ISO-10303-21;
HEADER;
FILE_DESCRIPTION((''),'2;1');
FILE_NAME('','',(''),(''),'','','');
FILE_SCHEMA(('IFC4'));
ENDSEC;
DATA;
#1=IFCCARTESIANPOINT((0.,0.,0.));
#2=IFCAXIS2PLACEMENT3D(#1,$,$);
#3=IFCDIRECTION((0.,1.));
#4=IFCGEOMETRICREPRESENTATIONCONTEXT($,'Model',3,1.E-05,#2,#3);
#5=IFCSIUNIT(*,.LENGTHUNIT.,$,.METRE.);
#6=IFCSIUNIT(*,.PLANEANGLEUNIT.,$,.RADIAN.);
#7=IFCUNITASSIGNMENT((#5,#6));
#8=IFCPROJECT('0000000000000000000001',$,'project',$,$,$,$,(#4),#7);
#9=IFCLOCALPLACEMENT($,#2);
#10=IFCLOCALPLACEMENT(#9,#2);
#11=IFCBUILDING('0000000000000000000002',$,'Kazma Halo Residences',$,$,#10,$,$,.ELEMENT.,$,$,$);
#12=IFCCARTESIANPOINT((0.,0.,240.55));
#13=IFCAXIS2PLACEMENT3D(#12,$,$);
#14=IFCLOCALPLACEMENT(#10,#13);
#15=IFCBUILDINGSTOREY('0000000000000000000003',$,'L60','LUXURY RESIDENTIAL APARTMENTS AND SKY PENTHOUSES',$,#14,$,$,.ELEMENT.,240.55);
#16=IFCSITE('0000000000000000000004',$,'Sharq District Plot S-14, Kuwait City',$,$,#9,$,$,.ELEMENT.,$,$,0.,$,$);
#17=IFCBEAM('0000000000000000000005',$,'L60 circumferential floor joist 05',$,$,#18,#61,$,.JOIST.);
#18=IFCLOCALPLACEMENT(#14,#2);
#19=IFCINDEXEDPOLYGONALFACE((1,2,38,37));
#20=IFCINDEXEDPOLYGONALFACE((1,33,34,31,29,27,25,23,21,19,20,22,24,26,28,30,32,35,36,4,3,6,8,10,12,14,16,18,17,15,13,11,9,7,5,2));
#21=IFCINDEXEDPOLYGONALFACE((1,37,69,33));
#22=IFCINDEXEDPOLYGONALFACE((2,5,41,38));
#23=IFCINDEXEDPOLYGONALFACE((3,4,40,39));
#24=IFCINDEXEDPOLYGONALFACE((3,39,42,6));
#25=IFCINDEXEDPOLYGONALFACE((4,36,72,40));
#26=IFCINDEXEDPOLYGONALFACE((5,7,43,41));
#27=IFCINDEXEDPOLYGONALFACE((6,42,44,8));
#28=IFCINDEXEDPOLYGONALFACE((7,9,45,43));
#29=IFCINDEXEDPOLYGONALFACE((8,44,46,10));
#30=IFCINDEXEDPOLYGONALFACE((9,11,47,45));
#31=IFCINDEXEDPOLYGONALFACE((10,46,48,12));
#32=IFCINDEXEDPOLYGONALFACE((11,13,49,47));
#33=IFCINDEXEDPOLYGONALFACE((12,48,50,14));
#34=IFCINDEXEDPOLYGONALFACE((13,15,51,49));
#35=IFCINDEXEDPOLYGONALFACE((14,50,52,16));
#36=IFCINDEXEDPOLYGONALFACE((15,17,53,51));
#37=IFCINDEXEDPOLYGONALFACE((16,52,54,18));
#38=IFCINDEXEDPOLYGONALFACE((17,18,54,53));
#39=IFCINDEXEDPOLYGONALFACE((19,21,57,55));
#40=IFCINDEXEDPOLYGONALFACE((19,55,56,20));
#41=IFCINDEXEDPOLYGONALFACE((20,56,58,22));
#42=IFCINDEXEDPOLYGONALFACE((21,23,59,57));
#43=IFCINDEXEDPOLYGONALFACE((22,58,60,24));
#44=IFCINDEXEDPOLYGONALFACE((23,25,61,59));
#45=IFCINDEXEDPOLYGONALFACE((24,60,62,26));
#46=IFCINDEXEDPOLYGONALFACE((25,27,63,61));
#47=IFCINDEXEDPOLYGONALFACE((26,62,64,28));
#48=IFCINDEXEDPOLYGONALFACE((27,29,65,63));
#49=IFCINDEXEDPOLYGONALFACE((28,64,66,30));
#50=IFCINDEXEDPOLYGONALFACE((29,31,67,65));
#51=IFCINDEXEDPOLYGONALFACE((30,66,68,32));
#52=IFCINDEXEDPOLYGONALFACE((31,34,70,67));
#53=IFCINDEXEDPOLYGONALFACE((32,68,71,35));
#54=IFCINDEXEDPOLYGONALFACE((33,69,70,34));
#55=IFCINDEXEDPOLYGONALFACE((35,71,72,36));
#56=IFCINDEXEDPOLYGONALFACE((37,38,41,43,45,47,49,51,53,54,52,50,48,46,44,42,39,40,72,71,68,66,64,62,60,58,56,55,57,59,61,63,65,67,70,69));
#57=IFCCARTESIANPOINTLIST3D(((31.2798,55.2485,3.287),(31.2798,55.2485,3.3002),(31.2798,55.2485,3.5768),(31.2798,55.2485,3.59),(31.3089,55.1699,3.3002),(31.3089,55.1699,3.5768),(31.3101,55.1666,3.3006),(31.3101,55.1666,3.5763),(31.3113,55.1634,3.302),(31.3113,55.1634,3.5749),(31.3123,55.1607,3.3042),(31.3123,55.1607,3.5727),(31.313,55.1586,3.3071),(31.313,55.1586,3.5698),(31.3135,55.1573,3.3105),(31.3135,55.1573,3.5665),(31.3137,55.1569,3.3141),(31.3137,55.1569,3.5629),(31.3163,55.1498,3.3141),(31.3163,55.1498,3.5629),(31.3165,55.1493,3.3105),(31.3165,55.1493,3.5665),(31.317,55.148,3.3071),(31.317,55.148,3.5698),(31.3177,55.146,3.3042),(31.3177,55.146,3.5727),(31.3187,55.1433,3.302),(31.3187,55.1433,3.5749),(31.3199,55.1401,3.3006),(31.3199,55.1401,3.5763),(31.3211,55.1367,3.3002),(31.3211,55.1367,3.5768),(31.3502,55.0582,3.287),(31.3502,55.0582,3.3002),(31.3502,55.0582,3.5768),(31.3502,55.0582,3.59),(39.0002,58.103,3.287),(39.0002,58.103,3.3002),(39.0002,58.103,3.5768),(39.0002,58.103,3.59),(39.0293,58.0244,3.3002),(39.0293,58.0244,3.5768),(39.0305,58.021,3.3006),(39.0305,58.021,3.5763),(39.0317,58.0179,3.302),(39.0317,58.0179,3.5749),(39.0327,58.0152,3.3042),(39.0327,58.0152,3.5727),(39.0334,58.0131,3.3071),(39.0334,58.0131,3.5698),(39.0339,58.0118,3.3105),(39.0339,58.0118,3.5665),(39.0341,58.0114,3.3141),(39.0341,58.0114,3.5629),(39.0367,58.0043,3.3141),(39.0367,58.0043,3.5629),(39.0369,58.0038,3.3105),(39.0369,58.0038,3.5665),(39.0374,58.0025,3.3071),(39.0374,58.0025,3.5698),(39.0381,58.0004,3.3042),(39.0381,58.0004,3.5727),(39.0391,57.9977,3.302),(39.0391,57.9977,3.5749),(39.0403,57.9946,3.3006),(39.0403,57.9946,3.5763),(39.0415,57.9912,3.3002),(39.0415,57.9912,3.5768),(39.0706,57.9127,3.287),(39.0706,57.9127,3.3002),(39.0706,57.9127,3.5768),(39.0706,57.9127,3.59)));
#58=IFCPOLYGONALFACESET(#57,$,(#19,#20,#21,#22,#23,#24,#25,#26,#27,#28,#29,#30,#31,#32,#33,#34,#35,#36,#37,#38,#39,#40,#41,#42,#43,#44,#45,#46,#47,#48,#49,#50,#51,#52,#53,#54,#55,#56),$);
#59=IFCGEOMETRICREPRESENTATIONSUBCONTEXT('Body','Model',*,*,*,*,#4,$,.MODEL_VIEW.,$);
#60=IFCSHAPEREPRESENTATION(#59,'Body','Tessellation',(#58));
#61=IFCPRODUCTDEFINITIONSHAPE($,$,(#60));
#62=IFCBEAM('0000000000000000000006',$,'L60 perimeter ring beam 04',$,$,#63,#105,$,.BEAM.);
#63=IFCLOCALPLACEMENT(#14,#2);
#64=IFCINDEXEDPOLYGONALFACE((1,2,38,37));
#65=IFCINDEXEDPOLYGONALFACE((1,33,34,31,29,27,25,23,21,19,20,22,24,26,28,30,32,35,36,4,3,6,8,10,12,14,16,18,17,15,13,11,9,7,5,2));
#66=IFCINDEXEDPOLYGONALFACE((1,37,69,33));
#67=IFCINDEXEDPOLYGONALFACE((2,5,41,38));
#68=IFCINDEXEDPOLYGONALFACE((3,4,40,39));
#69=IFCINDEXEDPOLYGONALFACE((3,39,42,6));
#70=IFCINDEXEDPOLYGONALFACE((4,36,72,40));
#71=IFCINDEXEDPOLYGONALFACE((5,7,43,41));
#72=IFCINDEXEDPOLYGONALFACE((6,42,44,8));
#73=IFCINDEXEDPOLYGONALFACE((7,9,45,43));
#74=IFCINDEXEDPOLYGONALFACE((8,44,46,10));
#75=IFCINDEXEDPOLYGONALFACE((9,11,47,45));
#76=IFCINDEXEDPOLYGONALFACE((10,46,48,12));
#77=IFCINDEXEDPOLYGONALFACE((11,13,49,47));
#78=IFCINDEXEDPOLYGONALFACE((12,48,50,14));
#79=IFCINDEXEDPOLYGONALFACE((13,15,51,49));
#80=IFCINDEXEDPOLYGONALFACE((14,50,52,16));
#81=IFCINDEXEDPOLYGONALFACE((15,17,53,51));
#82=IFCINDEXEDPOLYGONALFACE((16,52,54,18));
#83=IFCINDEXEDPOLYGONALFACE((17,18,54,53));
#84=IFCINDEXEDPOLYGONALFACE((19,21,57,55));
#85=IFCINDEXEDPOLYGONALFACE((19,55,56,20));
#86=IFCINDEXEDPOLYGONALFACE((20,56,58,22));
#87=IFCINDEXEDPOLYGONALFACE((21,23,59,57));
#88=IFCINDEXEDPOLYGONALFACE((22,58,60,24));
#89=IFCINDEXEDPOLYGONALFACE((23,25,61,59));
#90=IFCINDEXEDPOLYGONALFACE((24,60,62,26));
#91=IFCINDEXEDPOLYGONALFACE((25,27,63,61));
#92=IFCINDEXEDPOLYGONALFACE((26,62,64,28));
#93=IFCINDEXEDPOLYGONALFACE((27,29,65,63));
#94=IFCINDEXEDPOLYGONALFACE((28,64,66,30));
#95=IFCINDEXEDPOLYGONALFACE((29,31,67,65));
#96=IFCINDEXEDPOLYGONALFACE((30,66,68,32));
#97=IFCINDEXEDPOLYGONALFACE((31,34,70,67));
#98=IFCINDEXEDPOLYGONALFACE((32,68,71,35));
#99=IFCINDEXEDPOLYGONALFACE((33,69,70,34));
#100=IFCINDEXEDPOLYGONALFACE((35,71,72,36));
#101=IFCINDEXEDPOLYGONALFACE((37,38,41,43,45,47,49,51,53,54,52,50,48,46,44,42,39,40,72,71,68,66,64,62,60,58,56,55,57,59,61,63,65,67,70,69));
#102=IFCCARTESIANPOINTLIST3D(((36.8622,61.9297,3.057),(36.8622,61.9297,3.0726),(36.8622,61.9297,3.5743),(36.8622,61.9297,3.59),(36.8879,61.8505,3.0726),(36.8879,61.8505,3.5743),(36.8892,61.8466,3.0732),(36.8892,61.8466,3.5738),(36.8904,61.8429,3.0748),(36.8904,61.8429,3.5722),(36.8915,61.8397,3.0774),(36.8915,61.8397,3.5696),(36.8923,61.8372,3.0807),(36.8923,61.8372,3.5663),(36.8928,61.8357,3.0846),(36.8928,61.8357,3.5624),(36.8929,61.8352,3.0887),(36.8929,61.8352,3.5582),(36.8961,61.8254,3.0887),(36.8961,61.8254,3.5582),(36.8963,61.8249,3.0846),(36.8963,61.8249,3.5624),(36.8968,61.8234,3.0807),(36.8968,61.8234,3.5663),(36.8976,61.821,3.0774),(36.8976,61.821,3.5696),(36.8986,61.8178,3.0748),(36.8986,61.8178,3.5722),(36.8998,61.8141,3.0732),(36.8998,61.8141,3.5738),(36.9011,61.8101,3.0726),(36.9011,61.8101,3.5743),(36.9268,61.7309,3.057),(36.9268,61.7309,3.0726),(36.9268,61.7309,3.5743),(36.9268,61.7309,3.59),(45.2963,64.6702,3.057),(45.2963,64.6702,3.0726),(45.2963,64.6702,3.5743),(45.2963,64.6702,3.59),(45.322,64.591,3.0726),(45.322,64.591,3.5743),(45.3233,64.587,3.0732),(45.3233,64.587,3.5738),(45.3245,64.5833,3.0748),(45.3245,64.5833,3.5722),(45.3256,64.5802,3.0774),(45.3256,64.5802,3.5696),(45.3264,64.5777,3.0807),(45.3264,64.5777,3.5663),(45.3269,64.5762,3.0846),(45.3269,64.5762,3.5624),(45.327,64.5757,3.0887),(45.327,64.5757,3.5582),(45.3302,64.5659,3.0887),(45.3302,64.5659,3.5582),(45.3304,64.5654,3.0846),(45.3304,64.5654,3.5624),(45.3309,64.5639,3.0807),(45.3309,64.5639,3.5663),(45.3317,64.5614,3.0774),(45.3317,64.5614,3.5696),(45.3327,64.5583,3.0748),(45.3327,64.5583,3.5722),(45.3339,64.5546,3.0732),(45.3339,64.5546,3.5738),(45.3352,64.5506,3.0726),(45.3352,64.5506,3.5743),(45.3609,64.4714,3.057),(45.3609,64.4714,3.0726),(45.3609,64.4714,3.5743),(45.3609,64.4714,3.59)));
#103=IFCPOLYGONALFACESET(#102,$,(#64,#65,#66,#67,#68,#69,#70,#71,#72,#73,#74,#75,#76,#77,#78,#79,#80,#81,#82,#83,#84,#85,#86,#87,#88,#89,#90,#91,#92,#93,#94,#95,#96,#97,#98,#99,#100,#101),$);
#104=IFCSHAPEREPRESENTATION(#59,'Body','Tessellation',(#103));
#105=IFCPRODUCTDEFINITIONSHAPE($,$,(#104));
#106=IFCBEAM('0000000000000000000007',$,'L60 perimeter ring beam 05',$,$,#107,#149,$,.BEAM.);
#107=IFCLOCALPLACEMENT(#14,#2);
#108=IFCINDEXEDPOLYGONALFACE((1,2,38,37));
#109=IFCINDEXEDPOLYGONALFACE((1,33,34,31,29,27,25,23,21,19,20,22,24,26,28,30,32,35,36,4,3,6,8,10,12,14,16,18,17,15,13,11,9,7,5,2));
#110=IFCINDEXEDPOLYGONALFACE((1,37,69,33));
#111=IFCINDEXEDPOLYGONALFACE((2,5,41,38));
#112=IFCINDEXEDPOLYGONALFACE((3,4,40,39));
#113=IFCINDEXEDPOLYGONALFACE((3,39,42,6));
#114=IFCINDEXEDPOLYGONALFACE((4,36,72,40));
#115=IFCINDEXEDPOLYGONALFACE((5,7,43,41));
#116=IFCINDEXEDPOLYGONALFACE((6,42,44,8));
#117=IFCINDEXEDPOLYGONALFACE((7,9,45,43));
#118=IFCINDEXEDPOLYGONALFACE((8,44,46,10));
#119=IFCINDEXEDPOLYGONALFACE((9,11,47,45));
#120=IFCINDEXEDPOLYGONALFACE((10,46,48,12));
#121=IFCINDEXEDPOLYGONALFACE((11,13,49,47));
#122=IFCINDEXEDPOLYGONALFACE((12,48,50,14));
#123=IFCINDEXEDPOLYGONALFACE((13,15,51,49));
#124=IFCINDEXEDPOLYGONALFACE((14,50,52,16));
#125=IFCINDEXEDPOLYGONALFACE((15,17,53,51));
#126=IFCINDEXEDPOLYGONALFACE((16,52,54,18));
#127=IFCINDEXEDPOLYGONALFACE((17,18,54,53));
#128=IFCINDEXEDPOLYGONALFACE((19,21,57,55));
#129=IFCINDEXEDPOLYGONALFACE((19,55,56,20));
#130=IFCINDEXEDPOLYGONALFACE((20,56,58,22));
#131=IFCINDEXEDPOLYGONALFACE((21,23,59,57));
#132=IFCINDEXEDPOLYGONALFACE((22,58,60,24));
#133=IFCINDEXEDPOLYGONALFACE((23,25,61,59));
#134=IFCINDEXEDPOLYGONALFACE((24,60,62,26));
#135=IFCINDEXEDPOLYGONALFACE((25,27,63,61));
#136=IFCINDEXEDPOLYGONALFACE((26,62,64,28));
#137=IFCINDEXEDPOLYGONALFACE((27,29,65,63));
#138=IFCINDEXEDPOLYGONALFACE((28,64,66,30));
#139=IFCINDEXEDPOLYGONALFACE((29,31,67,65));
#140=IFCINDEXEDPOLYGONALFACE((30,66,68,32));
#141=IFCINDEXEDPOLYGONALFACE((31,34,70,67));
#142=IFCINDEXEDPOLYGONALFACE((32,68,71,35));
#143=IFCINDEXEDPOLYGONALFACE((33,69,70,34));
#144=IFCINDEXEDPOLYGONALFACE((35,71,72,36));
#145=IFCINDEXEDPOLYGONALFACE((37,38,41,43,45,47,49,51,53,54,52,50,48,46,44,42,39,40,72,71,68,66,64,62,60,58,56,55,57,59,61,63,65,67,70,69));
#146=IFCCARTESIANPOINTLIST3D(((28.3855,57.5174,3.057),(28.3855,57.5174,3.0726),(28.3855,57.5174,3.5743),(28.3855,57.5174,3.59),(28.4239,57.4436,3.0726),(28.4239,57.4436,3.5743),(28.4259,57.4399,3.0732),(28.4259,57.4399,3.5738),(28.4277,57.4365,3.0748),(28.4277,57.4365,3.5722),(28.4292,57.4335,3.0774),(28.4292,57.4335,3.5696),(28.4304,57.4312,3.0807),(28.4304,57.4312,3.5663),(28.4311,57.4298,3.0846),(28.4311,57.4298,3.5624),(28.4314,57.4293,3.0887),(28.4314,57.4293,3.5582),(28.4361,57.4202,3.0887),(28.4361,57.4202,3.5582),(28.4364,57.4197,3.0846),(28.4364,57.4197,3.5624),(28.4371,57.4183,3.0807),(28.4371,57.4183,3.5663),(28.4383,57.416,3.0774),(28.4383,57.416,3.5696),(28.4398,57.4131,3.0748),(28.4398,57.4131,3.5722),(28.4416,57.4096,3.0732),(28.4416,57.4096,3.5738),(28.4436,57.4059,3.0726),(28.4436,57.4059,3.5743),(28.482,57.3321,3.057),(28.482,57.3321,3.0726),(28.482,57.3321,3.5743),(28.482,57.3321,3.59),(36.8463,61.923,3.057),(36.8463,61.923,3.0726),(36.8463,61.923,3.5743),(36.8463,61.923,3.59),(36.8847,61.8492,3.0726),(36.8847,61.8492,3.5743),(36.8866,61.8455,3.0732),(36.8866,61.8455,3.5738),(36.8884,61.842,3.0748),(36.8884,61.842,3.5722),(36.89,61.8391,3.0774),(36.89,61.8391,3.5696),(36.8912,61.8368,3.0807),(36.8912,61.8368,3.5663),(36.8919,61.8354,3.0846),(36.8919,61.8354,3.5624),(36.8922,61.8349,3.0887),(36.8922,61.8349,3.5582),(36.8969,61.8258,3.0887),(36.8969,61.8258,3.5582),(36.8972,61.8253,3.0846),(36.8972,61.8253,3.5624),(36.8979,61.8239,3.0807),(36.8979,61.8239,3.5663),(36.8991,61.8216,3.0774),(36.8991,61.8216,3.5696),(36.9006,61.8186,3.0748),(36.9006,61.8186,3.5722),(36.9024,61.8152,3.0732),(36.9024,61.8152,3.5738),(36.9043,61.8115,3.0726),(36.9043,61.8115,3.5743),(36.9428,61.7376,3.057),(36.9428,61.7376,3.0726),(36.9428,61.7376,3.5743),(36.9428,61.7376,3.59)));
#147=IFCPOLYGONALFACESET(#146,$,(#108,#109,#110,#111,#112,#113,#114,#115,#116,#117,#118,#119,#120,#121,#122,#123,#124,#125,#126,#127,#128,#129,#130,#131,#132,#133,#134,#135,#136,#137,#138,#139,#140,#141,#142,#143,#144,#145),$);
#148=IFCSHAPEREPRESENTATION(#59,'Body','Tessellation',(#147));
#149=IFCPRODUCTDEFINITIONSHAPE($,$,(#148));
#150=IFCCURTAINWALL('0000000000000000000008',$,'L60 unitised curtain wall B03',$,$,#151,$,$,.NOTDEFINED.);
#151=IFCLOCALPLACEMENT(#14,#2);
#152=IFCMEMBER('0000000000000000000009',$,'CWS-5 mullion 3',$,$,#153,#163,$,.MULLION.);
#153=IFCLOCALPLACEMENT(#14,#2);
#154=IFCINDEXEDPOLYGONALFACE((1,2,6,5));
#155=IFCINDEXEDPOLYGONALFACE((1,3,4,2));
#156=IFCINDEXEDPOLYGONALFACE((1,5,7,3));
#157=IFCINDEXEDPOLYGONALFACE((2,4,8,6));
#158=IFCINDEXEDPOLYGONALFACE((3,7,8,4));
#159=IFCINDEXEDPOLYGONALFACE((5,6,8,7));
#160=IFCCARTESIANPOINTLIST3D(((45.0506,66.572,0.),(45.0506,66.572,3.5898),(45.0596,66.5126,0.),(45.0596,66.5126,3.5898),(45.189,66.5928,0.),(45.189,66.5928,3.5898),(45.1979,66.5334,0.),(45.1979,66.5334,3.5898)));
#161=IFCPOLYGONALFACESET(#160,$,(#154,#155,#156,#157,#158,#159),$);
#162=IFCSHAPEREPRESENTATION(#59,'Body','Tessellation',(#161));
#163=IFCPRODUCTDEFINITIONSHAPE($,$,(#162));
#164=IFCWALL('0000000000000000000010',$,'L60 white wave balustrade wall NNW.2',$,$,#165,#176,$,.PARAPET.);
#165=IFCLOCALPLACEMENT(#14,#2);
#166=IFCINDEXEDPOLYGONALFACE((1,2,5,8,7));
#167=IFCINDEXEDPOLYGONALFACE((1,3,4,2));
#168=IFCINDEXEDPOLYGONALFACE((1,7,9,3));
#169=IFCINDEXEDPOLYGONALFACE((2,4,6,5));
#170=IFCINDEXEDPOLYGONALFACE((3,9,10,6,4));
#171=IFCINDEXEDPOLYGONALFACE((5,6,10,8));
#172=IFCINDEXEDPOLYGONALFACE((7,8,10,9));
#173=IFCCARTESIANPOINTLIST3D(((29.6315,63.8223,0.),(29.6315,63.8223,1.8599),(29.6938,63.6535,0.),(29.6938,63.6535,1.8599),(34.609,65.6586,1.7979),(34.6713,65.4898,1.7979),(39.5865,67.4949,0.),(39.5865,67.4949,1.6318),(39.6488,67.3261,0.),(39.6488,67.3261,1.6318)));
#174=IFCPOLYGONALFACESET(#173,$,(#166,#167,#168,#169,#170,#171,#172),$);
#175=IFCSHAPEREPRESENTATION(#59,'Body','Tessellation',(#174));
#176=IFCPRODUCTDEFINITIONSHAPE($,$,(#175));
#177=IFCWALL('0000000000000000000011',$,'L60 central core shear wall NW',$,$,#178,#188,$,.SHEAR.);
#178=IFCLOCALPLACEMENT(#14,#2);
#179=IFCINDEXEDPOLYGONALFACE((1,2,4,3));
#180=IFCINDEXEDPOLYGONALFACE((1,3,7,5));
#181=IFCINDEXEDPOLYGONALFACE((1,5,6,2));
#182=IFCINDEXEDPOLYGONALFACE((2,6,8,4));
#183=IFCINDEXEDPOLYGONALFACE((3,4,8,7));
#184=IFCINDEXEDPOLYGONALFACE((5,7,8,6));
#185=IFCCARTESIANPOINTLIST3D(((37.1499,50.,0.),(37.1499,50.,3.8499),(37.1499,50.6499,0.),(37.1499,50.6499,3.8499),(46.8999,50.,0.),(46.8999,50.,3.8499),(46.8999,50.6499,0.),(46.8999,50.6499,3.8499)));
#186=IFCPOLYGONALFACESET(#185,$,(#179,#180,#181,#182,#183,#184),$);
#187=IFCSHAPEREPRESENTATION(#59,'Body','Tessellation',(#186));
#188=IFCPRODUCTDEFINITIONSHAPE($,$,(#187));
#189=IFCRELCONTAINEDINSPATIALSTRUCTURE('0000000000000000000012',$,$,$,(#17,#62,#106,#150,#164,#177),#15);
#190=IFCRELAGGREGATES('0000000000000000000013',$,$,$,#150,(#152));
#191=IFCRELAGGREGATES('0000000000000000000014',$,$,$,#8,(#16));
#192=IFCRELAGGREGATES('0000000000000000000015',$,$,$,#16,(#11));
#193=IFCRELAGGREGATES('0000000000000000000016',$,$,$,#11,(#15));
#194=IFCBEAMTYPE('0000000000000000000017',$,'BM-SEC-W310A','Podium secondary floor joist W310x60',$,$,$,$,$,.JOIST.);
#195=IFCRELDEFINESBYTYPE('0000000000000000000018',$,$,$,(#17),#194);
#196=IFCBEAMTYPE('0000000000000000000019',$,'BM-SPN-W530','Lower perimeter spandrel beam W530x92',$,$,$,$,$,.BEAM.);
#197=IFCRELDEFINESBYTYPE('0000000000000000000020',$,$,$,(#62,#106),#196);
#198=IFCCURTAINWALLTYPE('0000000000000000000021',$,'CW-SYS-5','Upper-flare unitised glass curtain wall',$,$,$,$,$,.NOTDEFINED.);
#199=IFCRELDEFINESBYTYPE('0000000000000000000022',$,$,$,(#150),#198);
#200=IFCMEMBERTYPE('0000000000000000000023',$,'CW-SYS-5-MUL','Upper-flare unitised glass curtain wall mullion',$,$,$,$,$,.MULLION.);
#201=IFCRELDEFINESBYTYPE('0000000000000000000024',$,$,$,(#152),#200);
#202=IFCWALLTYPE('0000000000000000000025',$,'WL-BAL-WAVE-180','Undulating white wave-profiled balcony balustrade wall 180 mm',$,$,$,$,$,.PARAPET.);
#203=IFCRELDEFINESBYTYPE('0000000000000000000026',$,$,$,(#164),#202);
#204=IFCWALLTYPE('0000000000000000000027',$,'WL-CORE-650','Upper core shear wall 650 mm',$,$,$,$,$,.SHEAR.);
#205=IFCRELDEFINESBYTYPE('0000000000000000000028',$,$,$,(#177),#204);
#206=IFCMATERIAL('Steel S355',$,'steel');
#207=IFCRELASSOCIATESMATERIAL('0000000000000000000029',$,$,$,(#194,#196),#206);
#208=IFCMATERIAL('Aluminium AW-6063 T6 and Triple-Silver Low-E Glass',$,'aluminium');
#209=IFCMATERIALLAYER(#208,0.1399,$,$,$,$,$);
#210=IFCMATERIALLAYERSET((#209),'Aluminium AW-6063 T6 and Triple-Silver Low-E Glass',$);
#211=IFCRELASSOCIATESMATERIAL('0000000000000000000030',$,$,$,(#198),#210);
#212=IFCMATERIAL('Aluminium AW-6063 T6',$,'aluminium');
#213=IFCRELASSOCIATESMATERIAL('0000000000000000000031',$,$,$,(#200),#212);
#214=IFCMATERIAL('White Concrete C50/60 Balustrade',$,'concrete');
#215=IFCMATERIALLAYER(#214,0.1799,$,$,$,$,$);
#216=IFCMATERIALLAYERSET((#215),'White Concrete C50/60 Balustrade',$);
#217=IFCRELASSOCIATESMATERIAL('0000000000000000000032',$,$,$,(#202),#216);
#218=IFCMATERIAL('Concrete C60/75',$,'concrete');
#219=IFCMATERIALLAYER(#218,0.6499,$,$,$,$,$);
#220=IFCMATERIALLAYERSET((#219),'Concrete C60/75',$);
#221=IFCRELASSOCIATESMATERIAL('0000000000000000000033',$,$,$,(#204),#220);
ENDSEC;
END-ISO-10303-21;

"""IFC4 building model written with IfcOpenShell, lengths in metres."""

from ifc_helpers import new_model, si_unit, direction, frame, frame_2d, origin, origin_2d, place, context, subcontext, project, spatial, polyline, rectangle, i_section, outline, extrude, material, layer, layer_set, material_profile, profile_set, type_object, element, aggregate, save


model = new_model("IFC4")

# Units and contexts
model_context = context("Model", 3, precision=1e-05, world=origin(), true_north=direction((0.0, 1.0)))
body_context = subcontext(model_context, "Body", "Model", "MODEL_VIEW")
ifc_project = project(units=[si_unit("LENGTHUNIT", "METRE"), si_unit("PLANEANGLEUNIT", "RADIAN")], contexts=[model_context])

# Site, building, storey
site_placement = place(None, origin())
site = spatial("IfcSite", under=ifc_project, at=site_placement, Name="Sharq District Plot S-14, Kuwait City", CompositionType="ELEMENT", RefElevation=0.0)
building_placement = place(site_placement, origin())
building = spatial("IfcBuilding", under=site, at=building_placement, Name="Kazma Halo Residences", CompositionType="ELEMENT")
storey_placement = place(building_placement, frame((0.0, 0.0, 240.55)))
storey = spatial("IfcBuildingStorey", under=building, at=storey_placement, Name="L60", Description="LUXURY RESIDENTIAL APARTMENTS AND SKY PENTHOUSES", CompositionType="ELEMENT", Elevation=240.55)

# Shared definitions
ifc_material_1 = material(Name="Concrete C60/75", Category="concrete")

# Beams
ifc_material_2 = material(Name="Steel S355", Category="steel")
ifc_material_profile_1 = material_profile(ifc_material_2, i_section(OverallWidth=0.2029, OverallDepth=0.303, WebThickness=0.0076, FlangeThickness=0.0132, FilletRadius=0.0139, at=origin_2d()), Name="W310x60")
ifc_profile_set_1 = profile_set([ifc_material_profile_1], Name="Steel S355")
beam_type_1 = type_object("IfcBeamType", Name="BM-SEC-W310A", Description="Podium secondary floor joist W310x60", PredefinedType="JOIST", material=ifc_profile_set_1)
beam_1_placement = place(storey_placement, frame((39.0354, 58.0078, 3.4385), z_axis=(-0.937944, -0.346787, 0.0), x_axis=(0.346787, -0.937944, 0.0)))
element("IfcBeam", 1, at=beam_1_placement, inside=storey, type_object=beam_type_1, Name="L60 circumferential floor joist 05", PredefinedType="JOIST", context=body_context, shape_type="SweptSolid", body=[
    extrude(i_section(OverallWidth=0.2029, OverallDepth=0.303, WebThickness=0.0076, FlangeThickness=0.0132, FilletRadius=0.0139, at=origin_2d()), origin(), (0.0, 0.0, 1.0), 8.2312),
])
ifc_material_profile_2 = material_profile(ifc_material_2, i_section(OverallWidth=0.209, OverallDepth=0.533, WebThickness=0.0103, FlangeThickness=0.0156, FilletRadius=0.0161, at=origin_2d()), Name="W530x92")
ifc_profile_set_2 = profile_set([ifc_material_profile_2], Name="Steel S355")
beam_type_2 = type_object("IfcBeamType", Name="BM-SPN-W530", Description="Lower perimeter spandrel beam W530x92", PredefinedType="BEAM", material=ifc_profile_set_2)
beam_2_placement = place(storey_placement, frame((45.3286, 64.5708, 3.3235), z_axis=(-0.951054, -0.309025, 0.0), x_axis=(0.309025, -0.951054, 0.0)))
element("IfcBeam", 2, at=beam_2_placement, inside=storey, type_object=beam_type_2, Name="L60 perimeter ring beam 04", PredefinedType="BEAM", context=body_context, shape_type="SweptSolid", body=[
    extrude(i_section(OverallWidth=0.209, OverallDepth=0.533, WebThickness=0.0103, FlangeThickness=0.0156, FilletRadius=0.0161, at=origin_2d()), origin(), (0.0, 0.0, 1.0), 8.8682),
])
beam_3_placement = place(storey_placement, frame((36.8945, 61.8303, 3.3235), z_axis=(-0.886961, -0.461844, 0.0), x_axis=(0.461844, -0.886961, 0.0)))
element("IfcBeam", 3, at=beam_3_placement, inside=storey, type_object=beam_type_2, Name="L60 perimeter ring beam 05", PredefinedType="BEAM", context=body_context, shape_type="SweptSolid", body=[
    extrude(i_section(OverallWidth=0.209, OverallDepth=0.533, WebThickness=0.0103, FlangeThickness=0.0156, FilletRadius=0.0161, at=origin_2d()), origin(), (0.0, 0.0, 1.0), 9.5391),
])

# Curtain wall, member
ifc_material_3 = material(Name="Aluminium AW-6063 T6 and Triple-Silver Low-E Glass", Category="aluminium")
ifc_layer_1 = layer(ifc_material_3, 0.1399)
ifc_layer_set_1 = layer_set([ifc_layer_1], Name="Aluminium AW-6063 T6 and Triple-Silver Low-E Glass")
curtain_wall_type = type_object("IfcCurtainWallType", Name="CW-SYS-5", Description="Upper-flare unitised glass curtain wall", PredefinedType="NOTDEFINED", material=ifc_layer_set_1)
curtain_wall_placement = place(storey_placement, origin())
curtain_wall = element("IfcCurtainWall", 4, at=curtain_wall_placement, inside=storey, type_object=curtain_wall_type, Name="L60 unitised curtain wall B03", PredefinedType="NOTDEFINED")
ifc_material_4 = material(Name="Aluminium AW-6063 T6", Category="aluminium")
ifc_material_profile_3 = material_profile(ifc_material_4, rectangle(XDim=0.0601, YDim=0.1399, at=origin_2d()), Name="CWM-60x140")
ifc_profile_set_3 = profile_set([ifc_material_profile_3], Name="Aluminium AW-6063 T6")
member_type = type_object("IfcMemberType", Name="CW-SYS-5-MUL", Description="Upper-flare unitised glass curtain wall mullion", PredefinedType="MULLION", material=ifc_profile_set_3)
member_placement = place(storey_placement, frame((45.1243, 66.5527, 0.0), z_axis=(0.0, 0.0, 1.0), x_axis=(0.148697, -0.988883, 0.0)))
member = element("IfcMember", 5, at=member_placement, type_object=member_type, Name="CWS-5 mullion 3", PredefinedType="MULLION", context=body_context, shape_type="SweptSolid", body=[
    extrude(rectangle(XDim=0.0601, YDim=0.1399, at=origin_2d()), origin(), (0.0, 0.0, 1.0), 3.5898),
])
aggregate(curtain_wall, [member])

# Walls
ifc_material_5 = material(Name="White Concrete C50/60 Balustrade", Category="concrete")
ifc_layer_2 = layer(ifc_material_5, 0.1799)
ifc_layer_set_2 = layer_set([ifc_layer_2], Name="White Concrete C50/60 Balustrade")
wall_type_1 = type_object("IfcWallType", Name="WL-BAL-WAVE-180", Description="Undulating white wave-profiled balcony balustrade wall 180 mm", PredefinedType="PARAPET", material=ifc_layer_set_2)
wall_1_placement = place(storey_placement, frame((39.6177, 67.4104, 0.0), z_axis=(0.0, 0.0, 1.0), x_axis=(-0.938192, -0.346116, 0.0)))
element("IfcWall", 6, at=wall_1_placement, inside=storey, type_object=wall_type_1, Name="L60 white wave balustrade wall NNW.2", PredefinedType="PARAPET", context=body_context, shape_type="SweptSolid", body=[
    extrude(outline(polyline([(0.0, 0.0), (10.6108, 0.0), (10.6108, 1.8599), (5.3054, 1.7979), (0.0, 1.6318), (0.0, 0.0)])), frame((0.0, 0.0898, 0.0), z_axis=(0.0, -1.0, 0.0), x_axis=(1.0, 0.0, 0.0)), (0.0, 0.0, 1.0), 0.1799),
])
ifc_layer_3 = layer(ifc_material_1, 0.6499)
ifc_layer_set_3 = layer_set([ifc_layer_3], Name="Concrete C60/75")
wall_type_2 = type_object("IfcWallType", Name="WL-CORE-650", Description="Upper core shear wall 650 mm", PredefinedType="SHEAR", material=ifc_layer_set_3)
wall_2_placement = place(storey_placement, frame((37.1499, 50.325, 0.0), z_axis=(0.0, 0.0, 1.0), x_axis=(1.0, 0.0, 0.0)))
element("IfcWall", 7, at=wall_2_placement, inside=storey, type_object=wall_type_2, Name="L60 central core shear wall NW", PredefinedType="SHEAR", context=body_context, shape_type="SweptSolid", body=[
    extrude(rectangle(XDim=9.75, YDim=0.6499, at=frame_2d((4.875, 0.0))), origin(), (0.0, 0.0, 1.0), 3.8499),
])

save(model, "model.ifc")
